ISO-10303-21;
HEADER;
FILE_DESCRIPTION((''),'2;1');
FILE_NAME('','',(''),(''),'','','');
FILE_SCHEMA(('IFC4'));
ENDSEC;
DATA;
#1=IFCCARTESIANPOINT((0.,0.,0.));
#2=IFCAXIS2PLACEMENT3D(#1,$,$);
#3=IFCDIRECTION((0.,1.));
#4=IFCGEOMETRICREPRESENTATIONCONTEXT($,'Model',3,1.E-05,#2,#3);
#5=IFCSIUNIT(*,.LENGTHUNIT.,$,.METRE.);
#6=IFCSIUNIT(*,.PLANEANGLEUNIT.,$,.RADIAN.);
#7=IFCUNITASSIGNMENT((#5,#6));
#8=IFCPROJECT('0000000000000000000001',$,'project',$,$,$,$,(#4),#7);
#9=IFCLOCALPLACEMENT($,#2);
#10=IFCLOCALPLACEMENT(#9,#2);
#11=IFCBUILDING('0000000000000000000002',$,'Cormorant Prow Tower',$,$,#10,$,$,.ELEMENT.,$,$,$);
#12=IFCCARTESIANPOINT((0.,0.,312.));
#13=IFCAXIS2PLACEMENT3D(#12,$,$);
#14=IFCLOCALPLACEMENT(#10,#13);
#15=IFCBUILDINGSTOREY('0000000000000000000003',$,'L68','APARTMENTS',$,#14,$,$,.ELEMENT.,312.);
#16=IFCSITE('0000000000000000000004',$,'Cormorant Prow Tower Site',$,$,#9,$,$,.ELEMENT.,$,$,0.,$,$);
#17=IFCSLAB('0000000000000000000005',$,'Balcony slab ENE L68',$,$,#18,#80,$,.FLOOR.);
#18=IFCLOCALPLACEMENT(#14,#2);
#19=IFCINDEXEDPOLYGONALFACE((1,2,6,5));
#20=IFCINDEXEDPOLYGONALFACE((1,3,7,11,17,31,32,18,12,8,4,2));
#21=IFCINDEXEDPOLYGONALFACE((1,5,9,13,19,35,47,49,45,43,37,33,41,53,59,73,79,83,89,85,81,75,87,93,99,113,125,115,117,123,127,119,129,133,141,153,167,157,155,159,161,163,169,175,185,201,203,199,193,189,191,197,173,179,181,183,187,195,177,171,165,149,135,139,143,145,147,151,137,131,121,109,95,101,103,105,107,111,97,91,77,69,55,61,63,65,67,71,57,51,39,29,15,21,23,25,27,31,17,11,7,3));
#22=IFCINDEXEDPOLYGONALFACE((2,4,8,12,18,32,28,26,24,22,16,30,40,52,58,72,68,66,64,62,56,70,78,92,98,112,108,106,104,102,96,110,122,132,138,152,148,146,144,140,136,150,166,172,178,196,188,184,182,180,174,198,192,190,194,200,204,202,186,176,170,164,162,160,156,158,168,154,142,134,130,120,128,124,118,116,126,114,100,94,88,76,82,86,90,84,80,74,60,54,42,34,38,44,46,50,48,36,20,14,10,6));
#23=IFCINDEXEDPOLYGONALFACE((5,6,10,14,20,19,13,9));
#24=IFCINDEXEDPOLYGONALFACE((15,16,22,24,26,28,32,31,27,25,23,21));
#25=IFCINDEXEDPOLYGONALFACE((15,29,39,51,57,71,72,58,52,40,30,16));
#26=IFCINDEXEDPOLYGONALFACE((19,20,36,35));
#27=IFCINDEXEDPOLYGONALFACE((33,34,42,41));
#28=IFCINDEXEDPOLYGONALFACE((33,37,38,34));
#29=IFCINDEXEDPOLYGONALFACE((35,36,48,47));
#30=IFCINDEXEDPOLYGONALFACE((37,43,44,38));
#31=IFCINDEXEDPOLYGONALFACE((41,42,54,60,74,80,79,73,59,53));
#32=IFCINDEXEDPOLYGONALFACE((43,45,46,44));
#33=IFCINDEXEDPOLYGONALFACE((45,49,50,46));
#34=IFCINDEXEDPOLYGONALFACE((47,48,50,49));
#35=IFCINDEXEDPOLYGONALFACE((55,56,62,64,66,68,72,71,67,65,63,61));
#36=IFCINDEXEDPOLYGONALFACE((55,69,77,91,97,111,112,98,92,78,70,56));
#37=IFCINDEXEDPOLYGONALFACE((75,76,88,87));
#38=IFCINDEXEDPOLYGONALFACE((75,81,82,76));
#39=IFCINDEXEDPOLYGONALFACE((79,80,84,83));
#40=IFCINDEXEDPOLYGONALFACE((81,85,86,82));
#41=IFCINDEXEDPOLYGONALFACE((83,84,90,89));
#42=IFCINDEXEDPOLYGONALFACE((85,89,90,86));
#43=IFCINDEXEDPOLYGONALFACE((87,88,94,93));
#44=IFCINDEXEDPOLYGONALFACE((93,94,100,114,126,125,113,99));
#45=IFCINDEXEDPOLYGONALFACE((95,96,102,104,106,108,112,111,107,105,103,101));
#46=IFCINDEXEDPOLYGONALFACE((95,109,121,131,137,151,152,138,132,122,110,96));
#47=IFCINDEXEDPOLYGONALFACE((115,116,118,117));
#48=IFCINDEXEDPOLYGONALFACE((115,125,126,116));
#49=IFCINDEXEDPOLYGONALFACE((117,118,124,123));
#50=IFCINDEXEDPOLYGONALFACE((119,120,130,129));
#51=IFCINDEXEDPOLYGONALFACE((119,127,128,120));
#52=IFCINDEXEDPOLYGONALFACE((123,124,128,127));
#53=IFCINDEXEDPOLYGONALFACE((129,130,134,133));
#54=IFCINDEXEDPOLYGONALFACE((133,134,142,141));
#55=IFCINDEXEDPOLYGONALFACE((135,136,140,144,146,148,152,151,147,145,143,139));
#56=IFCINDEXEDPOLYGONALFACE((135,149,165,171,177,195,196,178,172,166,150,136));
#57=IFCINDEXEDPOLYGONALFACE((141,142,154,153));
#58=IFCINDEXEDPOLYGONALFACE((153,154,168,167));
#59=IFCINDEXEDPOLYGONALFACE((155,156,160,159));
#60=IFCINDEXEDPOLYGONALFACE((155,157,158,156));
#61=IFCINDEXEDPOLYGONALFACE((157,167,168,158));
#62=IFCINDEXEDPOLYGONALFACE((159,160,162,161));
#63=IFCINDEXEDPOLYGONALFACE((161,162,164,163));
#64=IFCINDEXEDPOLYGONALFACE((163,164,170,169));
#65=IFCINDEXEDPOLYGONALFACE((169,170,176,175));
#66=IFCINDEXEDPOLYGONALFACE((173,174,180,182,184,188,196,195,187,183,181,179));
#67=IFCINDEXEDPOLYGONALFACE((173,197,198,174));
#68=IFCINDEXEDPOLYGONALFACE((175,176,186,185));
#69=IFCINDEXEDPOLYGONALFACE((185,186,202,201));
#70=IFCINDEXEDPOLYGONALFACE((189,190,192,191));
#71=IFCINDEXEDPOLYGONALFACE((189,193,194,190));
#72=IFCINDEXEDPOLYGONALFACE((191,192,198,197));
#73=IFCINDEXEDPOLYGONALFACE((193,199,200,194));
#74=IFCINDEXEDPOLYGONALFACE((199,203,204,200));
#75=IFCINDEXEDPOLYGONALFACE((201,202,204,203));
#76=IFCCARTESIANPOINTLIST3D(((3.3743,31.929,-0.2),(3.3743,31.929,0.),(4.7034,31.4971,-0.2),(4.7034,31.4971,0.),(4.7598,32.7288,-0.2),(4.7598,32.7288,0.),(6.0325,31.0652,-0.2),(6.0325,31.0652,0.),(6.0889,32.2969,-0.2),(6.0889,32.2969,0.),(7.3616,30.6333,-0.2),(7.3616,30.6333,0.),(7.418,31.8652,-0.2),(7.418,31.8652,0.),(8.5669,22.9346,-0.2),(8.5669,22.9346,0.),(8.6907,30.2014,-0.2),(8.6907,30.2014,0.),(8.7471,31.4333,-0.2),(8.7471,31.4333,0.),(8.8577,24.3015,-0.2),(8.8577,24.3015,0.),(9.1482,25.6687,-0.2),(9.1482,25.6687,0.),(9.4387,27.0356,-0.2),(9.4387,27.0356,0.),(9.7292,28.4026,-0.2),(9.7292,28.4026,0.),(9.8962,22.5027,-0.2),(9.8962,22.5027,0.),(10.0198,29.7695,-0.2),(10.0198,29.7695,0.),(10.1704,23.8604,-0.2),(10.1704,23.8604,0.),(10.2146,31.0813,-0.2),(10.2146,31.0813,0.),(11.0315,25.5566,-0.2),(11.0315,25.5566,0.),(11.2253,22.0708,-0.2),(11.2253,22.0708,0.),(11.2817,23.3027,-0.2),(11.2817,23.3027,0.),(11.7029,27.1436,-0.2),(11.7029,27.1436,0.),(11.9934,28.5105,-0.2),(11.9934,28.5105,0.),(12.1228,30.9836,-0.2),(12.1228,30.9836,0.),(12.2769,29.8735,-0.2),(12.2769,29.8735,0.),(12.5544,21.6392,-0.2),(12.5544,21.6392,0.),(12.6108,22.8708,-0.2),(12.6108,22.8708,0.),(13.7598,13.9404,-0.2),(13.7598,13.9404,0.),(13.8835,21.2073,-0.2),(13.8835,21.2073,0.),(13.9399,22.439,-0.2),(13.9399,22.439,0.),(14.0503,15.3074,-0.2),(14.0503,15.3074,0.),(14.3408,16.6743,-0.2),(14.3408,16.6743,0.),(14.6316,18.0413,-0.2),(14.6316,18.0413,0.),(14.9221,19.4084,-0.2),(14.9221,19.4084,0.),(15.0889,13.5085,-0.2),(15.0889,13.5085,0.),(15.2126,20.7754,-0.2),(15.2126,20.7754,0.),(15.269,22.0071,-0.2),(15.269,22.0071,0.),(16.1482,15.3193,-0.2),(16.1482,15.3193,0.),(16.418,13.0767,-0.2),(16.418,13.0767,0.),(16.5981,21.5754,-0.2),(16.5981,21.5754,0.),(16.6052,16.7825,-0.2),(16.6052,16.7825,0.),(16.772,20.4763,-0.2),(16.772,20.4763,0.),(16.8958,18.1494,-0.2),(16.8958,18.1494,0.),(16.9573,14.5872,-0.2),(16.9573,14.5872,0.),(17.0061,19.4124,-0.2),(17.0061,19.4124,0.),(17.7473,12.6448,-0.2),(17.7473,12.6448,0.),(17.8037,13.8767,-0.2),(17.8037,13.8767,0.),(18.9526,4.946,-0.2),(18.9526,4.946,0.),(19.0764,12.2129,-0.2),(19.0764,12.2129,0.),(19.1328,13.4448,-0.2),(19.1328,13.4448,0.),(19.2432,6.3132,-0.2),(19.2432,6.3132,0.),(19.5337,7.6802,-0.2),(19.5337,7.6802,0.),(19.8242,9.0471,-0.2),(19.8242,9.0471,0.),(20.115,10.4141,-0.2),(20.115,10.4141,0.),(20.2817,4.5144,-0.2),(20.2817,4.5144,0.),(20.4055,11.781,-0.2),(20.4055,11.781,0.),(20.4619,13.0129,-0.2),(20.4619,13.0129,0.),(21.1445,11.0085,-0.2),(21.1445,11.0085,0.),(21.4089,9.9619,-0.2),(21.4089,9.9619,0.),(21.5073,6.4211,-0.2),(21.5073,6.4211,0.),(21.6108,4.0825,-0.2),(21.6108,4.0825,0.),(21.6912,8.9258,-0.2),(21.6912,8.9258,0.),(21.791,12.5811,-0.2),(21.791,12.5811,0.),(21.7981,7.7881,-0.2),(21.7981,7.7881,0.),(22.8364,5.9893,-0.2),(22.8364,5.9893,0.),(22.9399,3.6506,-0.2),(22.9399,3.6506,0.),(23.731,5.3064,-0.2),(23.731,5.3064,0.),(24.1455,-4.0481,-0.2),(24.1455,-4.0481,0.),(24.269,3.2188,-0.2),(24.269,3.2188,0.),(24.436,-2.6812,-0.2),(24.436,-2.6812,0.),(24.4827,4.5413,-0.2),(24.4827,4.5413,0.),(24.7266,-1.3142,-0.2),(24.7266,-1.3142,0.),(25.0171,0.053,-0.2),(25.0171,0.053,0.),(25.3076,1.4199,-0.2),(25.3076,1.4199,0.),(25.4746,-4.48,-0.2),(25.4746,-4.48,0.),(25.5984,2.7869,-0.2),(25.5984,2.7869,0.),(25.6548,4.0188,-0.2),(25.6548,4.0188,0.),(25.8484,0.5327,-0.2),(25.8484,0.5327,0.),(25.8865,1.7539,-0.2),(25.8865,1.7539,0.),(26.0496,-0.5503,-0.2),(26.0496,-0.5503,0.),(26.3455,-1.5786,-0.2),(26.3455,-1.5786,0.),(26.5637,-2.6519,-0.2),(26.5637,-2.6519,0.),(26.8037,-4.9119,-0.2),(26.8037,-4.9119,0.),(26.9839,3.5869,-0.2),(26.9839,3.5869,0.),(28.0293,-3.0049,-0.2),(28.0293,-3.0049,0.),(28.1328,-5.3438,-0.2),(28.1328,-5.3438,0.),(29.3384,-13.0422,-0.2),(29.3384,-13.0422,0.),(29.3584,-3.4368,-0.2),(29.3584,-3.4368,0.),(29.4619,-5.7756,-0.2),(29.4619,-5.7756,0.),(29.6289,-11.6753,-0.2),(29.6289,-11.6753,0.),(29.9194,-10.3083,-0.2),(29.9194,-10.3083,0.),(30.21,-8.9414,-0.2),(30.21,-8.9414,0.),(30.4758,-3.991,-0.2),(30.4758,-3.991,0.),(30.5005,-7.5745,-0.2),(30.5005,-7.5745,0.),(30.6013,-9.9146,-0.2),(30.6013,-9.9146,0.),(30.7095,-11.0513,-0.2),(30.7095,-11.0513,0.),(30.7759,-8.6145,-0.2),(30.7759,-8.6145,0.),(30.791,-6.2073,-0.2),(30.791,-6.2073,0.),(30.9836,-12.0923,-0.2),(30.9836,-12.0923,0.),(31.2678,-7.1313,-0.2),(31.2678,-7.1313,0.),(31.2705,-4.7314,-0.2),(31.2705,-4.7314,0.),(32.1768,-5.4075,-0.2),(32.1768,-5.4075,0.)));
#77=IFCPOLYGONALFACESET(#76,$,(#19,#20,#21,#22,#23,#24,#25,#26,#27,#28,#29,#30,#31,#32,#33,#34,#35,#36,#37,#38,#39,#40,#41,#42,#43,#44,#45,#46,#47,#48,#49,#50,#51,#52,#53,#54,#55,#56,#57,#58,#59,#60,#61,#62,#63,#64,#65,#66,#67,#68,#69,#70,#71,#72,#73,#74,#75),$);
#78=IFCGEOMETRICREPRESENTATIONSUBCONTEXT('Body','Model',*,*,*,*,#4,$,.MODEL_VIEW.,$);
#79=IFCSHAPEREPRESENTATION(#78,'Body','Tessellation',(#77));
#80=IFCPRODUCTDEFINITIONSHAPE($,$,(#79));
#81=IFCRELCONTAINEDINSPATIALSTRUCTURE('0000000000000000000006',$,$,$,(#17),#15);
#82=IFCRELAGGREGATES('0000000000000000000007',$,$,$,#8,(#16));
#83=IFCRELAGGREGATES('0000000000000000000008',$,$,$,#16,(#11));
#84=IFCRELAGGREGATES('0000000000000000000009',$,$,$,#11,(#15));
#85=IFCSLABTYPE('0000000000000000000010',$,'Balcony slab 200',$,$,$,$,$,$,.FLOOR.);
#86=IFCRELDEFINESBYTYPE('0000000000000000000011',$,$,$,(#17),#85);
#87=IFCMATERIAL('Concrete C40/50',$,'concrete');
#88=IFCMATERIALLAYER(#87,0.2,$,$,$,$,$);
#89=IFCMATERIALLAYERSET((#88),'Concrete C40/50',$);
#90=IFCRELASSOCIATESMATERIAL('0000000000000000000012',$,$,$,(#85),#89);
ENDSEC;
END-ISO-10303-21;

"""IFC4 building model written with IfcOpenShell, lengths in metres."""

from ifc_helpers import new_model, si_unit, direction, frame, origin, place, context, subcontext, project, spatial, polyline, outline, extrude, material, layer, layer_set, type_object, element, save


model = new_model("IFC4")

# Units and contexts
model_context = context("Model", 3, precision=1e-05, world=origin(), true_north=direction((0.0, 1.0)))
body_context = subcontext(model_context, "Body", "Model", "MODEL_VIEW")
ifc_project = project(units=[si_unit("LENGTHUNIT", "METRE"), si_unit("PLANEANGLEUNIT", "RADIAN")], contexts=[model_context])

# Site, building, storey
site_placement = place(None, origin())
site = spatial("IfcSite", under=ifc_project, at=site_placement, Name="Cormorant Prow Tower Site", CompositionType="ELEMENT", RefElevation=0.0)
building_placement = place(site_placement, origin())
building = spatial("IfcBuilding", under=site, at=building_placement, Name="Cormorant Prow Tower", CompositionType="ELEMENT")
storey_placement = place(building_placement, frame((0.0, 0.0, 312.0)))
storey = spatial("IfcBuildingStorey", under=building, at=storey_placement, Name="L68", Description="APARTMENTS", CompositionType="ELEMENT", Elevation=312.0)

# Slab
ifc_material_1 = material(Name="Concrete C40/50", Category="concrete")
ifc_layer_1 = layer(ifc_material_1, 0.2)
ifc_layer_set_1 = layer_set([ifc_layer_1], Name="Concrete C40/50")
slab_type_1 = type_object("IfcSlabType", Name="Balcony slab 200", PredefinedType="FLOOR", material=ifc_layer_set_1)
slab_1_placement = place(storey_placement, frame((0.0, 0.0, -0.2)))
element("IfcSlab", 1, at=slab_1_placement, inside=storey, type_object=slab_type_1, Name="Balcony slab ENE L68", PredefinedType="FLOOR", context=body_context, shape_type="SweptSolid", body=[
    extrude(outline(polyline([(29.3384, -13.0422), (30.9836, -12.0923), (30.7095, -11.0513), (30.6013, -9.9146), (30.7759, -8.6145), (31.2678, -7.1313), (32.1768, -5.4075), (31.2705, -4.7314), (30.4758, -3.991), (29.3584, -3.4368), (28.0293, -3.0049), (26.5637, -2.6519), (26.3455, -1.5786), (26.0496, -0.5503), (25.8484, 0.5327), (25.8865, 1.7539), (26.9839, 3.5869), (25.6548, 4.0188), (24.4827, 4.5413), (23.731, 5.3064), (22.8364, 5.9893), (21.5073, 6.4211), (21.7981, 7.7881), (21.6912, 8.9258), (21.4089, 9.9619), (21.1445, 11.0085), (21.791, 12.5811), (20.4619, 13.0129), (19.1328, 13.4448), (17.8037, 13.8767), (16.9573, 14.5872), (16.1482, 15.3193), (16.6052, 16.7825), (16.8958, 18.1494), (17.0061, 19.4124), (16.772, 20.4763), (16.5981, 21.5754), (15.269, 22.0071), (13.9399, 22.439), (12.6108, 22.8708), (11.2817, 23.3027), (10.1704, 23.8604), (11.0315, 25.5566), (11.7029, 27.1436), (11.9934, 28.5105), (12.2769, 29.8735), (12.1228, 30.9836), (10.2146, 31.0813), (8.7471, 31.4333), (7.418, 31.8652), (6.0889, 32.2969), (4.7598, 32.7288), (3.3743, 31.929), (4.7034, 31.4971), (6.0325, 31.0652), (7.3616, 30.6333), (8.6907, 30.2014), (10.0198, 29.7695), (9.7292, 28.4026), (9.4387, 27.0356), (9.1482, 25.6687), (8.8577, 24.3015), (8.5669, 22.9346), (9.8962, 22.5027), (11.2253, 22.0708), (12.5544, 21.6392), (13.8835, 21.2073), (15.2126, 20.7754), (14.9221, 19.4084), (14.6316, 18.0413), (14.3408, 16.6743), (14.0503, 15.3074), (13.7598, 13.9404), (15.0889, 13.5085), (16.418, 13.0767), (17.7473, 12.6448), (19.0764, 12.2129), (20.4055, 11.781), (20.115, 10.4141), (19.8242, 9.0471), (19.5337, 7.6802), (19.2432, 6.3132), (18.9526, 4.946), (20.2817, 4.5144), (21.6108, 4.0825), (22.9399, 3.6506), (24.269, 3.2188), (25.5984, 2.7869), (25.3076, 1.4199), (25.0171, 0.053), (24.7266, -1.3142), (24.436, -2.6812), (24.1455, -4.0481), (25.4746, -4.48), (26.8037, -4.9119), (28.1328, -5.3438), (29.4619, -5.7756), (30.791, -6.2073), (30.5005, -7.5745), (30.21, -8.9414), (29.9194, -10.3083), (29.6289, -11.6753), (29.3384, -13.0422)])), origin(), (0.0, 0.0, 1.0), 0.2),
])

save(model, "model.ifc")
